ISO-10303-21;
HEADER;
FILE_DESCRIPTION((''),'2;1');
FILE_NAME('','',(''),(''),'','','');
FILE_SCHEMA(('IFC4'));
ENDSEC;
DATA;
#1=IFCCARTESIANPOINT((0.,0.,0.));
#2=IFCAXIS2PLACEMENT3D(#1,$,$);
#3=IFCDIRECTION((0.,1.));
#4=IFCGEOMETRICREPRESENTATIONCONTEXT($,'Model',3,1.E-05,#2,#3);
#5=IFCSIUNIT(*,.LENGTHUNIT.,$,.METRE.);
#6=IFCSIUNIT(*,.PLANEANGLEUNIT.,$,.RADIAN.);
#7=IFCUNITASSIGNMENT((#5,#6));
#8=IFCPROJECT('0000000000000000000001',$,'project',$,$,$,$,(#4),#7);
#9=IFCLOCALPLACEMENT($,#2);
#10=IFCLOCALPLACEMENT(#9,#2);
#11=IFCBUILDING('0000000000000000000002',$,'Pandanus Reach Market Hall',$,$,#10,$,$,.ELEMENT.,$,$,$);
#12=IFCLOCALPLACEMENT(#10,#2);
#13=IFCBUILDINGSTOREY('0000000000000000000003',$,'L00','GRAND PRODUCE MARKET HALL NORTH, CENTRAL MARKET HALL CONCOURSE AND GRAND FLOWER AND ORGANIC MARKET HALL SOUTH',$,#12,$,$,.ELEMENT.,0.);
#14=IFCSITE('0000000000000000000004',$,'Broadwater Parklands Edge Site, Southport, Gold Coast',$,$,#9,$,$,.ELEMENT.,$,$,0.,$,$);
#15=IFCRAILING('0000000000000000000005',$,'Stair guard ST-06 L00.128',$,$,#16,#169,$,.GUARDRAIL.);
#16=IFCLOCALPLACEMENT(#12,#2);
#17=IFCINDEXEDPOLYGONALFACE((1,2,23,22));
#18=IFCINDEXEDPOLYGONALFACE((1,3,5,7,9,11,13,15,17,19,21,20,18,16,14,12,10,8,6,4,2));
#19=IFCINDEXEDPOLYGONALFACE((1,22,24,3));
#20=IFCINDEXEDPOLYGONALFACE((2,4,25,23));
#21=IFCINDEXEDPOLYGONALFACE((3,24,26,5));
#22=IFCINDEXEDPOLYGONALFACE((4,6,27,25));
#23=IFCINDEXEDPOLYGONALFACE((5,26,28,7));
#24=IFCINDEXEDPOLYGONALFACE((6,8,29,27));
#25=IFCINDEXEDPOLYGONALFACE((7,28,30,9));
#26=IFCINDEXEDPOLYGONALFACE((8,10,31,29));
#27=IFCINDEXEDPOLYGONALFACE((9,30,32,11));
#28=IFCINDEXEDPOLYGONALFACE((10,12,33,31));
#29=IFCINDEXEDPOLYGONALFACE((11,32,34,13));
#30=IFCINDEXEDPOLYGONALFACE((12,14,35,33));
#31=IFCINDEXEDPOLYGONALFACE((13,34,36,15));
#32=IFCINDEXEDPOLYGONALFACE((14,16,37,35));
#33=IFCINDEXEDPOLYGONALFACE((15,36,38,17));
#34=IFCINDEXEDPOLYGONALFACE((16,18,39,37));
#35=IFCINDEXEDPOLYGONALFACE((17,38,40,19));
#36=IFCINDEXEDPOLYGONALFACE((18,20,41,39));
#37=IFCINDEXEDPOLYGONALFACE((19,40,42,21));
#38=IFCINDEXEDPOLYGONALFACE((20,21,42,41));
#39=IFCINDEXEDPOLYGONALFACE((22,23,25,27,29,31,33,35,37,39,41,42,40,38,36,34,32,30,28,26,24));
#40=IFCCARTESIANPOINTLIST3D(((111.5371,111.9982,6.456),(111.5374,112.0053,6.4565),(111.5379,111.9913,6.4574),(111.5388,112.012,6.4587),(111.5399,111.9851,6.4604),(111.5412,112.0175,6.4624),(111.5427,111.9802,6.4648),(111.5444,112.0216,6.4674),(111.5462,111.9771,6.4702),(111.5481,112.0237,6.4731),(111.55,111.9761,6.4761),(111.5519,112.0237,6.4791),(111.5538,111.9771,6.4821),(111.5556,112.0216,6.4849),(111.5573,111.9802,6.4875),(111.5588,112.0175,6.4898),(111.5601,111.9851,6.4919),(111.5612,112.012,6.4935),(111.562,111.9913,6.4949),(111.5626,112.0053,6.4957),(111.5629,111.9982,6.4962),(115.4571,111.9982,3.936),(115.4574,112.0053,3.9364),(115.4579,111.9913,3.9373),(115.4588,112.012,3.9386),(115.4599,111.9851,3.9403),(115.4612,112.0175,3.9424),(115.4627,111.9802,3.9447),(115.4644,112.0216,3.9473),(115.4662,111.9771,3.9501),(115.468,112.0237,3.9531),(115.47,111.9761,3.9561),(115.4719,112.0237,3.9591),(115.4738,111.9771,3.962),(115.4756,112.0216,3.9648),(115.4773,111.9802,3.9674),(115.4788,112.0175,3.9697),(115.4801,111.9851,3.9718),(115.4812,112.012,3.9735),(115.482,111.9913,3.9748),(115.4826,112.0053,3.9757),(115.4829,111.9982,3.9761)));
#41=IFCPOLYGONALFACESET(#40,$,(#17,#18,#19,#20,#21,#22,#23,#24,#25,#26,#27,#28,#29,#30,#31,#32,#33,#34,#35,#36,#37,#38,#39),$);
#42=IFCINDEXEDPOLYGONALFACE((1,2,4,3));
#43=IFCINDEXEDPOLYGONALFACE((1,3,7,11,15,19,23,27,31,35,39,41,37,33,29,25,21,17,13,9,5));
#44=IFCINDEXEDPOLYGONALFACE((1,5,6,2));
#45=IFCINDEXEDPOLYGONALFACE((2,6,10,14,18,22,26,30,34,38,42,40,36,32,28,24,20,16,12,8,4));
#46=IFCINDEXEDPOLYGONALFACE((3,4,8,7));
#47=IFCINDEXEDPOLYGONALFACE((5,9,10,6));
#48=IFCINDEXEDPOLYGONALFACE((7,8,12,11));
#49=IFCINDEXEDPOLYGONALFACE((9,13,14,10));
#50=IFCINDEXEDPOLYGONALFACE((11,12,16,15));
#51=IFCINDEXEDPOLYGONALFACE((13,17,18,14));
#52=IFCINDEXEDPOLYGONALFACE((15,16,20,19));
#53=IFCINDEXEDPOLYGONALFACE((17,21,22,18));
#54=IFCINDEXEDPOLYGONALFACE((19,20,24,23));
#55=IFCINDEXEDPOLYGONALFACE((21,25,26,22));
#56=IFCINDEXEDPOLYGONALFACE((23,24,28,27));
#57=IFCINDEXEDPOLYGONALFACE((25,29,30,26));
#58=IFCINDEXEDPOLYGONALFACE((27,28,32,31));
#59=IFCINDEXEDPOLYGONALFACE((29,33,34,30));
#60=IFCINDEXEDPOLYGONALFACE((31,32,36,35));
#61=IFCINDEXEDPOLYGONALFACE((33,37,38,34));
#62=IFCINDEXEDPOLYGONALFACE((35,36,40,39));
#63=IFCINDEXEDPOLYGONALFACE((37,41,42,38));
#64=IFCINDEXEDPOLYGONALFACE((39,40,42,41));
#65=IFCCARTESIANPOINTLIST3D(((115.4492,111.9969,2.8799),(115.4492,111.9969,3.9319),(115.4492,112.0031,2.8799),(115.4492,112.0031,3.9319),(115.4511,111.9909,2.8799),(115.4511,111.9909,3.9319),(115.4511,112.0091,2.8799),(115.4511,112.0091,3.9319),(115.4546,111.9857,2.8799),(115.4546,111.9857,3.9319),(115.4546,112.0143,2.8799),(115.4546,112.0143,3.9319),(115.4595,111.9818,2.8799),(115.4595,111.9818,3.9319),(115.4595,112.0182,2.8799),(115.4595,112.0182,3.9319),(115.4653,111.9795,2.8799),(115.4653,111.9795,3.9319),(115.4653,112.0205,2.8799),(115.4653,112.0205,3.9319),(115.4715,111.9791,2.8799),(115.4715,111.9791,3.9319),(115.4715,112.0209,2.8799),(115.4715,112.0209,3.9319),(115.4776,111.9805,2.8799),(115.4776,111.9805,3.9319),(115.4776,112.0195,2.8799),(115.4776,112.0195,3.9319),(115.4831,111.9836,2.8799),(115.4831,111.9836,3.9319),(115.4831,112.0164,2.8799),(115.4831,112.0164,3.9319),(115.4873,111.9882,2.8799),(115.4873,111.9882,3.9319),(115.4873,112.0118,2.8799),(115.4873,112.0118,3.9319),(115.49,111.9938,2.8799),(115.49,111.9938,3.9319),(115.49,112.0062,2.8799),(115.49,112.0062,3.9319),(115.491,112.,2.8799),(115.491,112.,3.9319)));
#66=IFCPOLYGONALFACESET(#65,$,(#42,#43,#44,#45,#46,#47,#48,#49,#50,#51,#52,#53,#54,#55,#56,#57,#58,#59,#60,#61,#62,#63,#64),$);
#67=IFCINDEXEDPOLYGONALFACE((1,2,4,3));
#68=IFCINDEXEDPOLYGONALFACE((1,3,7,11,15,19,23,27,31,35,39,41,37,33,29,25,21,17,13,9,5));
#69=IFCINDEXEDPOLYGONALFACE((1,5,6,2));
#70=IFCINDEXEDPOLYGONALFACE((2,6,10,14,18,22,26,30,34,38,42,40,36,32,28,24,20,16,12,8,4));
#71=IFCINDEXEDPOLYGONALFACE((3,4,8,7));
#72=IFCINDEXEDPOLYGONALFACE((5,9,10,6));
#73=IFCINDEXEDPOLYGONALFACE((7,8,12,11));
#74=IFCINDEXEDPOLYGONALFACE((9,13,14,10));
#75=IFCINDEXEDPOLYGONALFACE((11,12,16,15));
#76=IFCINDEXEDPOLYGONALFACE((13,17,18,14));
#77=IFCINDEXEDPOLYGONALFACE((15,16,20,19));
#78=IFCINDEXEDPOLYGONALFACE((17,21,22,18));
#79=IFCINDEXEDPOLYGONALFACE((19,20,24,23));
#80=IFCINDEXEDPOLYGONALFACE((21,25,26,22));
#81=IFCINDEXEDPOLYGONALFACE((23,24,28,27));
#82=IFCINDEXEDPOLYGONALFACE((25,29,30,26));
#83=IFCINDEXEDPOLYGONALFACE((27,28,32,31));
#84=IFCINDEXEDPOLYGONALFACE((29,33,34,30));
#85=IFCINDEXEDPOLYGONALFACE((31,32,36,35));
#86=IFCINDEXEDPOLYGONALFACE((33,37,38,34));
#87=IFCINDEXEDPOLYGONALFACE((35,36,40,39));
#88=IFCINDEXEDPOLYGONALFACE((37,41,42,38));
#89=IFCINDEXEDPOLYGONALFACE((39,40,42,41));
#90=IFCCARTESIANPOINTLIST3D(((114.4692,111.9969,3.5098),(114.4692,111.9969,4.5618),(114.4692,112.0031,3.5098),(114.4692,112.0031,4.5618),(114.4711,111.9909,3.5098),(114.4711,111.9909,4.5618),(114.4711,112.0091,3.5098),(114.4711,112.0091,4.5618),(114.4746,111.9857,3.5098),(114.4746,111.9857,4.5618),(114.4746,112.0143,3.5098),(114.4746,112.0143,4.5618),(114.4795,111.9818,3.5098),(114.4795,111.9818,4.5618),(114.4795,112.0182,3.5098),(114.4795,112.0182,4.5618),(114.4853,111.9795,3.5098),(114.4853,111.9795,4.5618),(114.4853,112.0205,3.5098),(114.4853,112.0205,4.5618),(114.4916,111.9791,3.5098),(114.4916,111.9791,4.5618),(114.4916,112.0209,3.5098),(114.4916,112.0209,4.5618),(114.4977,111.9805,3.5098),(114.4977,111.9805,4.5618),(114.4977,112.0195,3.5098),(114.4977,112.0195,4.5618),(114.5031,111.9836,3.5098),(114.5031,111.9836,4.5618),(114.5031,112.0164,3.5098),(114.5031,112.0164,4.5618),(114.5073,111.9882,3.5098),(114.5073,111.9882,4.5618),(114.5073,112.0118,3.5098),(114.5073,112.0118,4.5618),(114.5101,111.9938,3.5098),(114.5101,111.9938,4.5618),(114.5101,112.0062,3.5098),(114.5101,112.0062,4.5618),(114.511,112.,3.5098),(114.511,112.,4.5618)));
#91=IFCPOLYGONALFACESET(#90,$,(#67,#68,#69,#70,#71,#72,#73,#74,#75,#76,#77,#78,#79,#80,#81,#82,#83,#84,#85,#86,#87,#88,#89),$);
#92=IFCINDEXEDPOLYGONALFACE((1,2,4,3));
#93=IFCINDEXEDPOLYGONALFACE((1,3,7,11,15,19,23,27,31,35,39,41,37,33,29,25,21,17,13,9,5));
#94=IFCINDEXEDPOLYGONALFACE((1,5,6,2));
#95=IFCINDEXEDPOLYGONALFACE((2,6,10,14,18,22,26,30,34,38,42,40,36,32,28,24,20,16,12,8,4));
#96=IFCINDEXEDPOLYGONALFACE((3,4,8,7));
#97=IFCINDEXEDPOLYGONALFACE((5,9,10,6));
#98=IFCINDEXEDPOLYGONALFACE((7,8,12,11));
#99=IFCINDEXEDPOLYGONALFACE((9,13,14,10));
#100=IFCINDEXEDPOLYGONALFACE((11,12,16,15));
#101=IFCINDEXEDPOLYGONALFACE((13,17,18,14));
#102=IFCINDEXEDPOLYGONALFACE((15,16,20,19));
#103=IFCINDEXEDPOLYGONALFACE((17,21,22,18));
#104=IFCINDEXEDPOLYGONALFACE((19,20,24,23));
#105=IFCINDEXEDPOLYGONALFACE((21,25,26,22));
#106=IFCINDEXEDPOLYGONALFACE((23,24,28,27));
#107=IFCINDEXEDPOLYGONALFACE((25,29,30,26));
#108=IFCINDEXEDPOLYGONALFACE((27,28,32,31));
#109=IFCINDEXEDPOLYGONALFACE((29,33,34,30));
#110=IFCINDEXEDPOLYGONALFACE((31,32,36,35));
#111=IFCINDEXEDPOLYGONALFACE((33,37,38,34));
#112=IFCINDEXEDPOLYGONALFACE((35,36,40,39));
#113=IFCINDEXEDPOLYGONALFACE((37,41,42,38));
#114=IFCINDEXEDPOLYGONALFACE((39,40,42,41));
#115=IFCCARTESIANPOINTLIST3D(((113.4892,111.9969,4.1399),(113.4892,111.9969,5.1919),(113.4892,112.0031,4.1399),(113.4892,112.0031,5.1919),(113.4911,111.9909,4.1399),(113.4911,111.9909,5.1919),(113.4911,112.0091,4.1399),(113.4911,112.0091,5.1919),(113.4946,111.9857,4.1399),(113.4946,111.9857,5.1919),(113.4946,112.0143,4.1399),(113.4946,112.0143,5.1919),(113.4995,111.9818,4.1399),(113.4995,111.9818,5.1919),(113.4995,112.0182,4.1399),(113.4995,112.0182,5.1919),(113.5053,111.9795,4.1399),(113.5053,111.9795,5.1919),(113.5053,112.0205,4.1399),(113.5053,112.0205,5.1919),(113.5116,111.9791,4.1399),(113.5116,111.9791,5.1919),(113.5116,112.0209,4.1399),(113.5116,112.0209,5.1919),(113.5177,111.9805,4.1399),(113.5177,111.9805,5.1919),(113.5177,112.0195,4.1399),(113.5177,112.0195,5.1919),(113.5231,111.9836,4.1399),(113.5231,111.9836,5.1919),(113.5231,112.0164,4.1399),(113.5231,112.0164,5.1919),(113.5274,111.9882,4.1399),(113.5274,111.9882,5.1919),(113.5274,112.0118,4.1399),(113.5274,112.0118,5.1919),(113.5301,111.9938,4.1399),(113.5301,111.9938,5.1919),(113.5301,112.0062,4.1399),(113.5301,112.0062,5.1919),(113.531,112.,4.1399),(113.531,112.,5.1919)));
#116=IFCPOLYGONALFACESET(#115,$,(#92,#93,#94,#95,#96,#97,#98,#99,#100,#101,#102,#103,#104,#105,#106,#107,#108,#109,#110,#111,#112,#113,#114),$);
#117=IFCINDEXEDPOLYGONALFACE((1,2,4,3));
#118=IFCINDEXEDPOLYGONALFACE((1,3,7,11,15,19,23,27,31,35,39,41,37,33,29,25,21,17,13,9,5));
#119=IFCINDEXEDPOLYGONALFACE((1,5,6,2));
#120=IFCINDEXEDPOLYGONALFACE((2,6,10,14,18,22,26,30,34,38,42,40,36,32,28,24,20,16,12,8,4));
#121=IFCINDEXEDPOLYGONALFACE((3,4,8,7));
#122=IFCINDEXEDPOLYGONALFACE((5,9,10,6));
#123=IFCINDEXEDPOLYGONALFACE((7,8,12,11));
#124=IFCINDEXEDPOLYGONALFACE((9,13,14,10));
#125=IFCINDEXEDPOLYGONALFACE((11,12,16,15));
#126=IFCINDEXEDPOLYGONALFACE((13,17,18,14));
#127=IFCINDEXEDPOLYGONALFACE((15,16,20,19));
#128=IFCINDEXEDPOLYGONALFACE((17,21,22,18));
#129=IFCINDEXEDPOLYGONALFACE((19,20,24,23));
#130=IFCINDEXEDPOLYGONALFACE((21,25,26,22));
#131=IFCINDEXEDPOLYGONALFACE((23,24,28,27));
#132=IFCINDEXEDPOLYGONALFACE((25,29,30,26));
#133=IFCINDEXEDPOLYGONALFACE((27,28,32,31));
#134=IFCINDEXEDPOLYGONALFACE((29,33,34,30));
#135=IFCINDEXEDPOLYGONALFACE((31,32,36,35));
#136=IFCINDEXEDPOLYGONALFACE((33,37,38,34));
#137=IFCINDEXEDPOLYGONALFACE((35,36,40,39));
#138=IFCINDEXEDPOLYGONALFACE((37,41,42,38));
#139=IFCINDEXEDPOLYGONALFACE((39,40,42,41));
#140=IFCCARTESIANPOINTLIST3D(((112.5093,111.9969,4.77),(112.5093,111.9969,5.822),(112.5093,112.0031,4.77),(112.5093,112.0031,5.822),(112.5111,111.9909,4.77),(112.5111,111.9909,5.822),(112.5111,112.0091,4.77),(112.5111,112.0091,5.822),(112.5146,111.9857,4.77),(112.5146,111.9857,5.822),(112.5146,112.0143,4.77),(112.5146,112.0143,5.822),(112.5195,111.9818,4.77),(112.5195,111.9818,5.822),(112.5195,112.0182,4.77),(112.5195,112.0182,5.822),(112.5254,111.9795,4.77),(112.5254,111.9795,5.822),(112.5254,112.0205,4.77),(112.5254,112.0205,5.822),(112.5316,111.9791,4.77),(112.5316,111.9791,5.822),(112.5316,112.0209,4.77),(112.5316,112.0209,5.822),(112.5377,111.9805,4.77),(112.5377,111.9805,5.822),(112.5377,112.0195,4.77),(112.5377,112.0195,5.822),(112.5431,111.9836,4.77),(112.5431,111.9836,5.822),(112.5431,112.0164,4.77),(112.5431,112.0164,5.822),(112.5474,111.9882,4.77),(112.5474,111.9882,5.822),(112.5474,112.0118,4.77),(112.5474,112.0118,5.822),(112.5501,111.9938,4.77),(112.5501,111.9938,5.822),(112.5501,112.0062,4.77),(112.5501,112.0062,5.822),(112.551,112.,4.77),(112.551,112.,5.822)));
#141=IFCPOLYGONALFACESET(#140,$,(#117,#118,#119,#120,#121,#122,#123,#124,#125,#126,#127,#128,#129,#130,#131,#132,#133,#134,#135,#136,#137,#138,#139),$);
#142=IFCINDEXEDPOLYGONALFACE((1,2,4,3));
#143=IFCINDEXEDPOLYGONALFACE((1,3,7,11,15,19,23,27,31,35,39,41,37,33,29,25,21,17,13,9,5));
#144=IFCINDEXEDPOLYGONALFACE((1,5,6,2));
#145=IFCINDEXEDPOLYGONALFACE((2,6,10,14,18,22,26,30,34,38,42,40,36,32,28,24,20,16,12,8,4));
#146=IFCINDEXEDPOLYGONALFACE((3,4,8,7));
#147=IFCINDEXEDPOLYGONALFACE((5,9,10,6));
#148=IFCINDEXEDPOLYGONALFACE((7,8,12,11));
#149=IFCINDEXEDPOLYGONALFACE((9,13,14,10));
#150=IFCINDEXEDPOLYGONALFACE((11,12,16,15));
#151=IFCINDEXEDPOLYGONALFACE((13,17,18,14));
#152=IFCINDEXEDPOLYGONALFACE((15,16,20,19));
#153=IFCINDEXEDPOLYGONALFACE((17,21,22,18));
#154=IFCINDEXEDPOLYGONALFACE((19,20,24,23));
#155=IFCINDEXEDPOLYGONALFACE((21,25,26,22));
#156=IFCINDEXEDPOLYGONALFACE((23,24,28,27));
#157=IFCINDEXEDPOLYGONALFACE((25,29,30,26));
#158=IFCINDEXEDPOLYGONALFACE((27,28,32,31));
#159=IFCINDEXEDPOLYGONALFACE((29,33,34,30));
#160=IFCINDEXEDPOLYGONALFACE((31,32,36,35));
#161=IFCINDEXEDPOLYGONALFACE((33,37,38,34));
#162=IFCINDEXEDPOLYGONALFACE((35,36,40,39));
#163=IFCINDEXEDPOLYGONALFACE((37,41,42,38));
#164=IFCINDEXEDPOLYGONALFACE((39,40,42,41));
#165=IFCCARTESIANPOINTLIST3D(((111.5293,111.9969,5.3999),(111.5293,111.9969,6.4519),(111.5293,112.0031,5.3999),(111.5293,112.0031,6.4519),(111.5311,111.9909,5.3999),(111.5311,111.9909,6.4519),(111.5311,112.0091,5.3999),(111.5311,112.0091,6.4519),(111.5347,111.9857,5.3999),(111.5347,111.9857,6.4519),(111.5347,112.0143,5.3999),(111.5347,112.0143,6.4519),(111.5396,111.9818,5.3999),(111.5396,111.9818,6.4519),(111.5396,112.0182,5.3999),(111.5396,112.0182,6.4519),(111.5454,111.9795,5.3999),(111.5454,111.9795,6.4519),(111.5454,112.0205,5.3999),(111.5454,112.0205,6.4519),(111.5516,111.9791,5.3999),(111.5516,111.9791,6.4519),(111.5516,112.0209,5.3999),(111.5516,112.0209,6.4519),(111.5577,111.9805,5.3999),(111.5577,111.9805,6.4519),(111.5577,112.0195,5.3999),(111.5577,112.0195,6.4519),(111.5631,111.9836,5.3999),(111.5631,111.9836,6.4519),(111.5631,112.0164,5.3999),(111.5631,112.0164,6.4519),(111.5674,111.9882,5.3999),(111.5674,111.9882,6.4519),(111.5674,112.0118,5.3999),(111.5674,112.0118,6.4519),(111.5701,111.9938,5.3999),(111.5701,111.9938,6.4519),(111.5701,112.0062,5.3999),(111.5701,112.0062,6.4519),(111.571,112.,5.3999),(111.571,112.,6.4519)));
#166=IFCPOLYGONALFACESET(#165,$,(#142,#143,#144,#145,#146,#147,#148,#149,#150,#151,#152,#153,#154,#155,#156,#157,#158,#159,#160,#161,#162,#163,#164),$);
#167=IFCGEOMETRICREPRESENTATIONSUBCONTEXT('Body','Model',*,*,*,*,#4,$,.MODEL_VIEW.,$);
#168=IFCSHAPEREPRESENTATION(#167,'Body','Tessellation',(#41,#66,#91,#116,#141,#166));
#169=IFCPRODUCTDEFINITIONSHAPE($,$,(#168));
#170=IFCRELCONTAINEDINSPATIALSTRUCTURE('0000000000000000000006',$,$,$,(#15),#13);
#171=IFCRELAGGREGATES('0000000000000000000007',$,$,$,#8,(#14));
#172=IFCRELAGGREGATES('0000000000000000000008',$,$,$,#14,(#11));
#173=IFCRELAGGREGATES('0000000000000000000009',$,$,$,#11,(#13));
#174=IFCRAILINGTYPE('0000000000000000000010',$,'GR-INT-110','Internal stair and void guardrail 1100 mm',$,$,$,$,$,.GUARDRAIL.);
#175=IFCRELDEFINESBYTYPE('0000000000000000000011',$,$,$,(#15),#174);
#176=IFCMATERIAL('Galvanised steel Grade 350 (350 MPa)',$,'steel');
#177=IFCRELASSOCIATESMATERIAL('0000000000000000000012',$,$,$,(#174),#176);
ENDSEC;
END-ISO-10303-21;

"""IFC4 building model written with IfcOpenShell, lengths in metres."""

from ifc_helpers import new_model, si_unit, direction, frame, origin, origin_2d, place, context, subcontext, project, spatial, circle, extrude, material, type_object, element, save


model = new_model("IFC4")

# Units and contexts
model_context = context("Model", 3, precision=1e-05, world=origin(), true_north=direction((0.0, 1.0)))
body_context = subcontext(model_context, "Body", "Model", "MODEL_VIEW")
ifc_project = project(units=[si_unit("LENGTHUNIT", "METRE"), si_unit("PLANEANGLEUNIT", "RADIAN")], contexts=[model_context])

# Site, building, storey
site_placement = place(None, origin())
site = spatial("IfcSite", under=ifc_project, at=site_placement, Name="Broadwater Parklands Edge Site, Southport, Gold Coast", CompositionType="ELEMENT", RefElevation=0.0)
building_placement = place(site_placement, origin())
building = spatial("IfcBuilding", under=site, at=building_placement, Name="Pandanus Reach Market Hall", CompositionType="ELEMENT")
storey_placement = place(building_placement, origin())
storey = spatial("IfcBuildingStorey", under=building, at=storey_placement, Name="L00", Description="GRAND PRODUCE MARKET HALL NORTH, CENTRAL MARKET HALL CONCOURSE AND GRAND FLOWER AND ORGANIC MARKET HALL SOUTH", CompositionType="ELEMENT", Elevation=0.0)

# Shared definitions
ifc_material_1 = material(Name="Galvanised steel Grade 350 (350 MPa)", Category="steel")

# Railing
railing_type_1 = type_object("IfcRailingType", Name="GR-INT-110", Description="Internal stair and void guardrail 1100 mm", PredefinedType="GUARDRAIL", material=ifc_material_1)
railing_1_placement = place(storey_placement, frame((115.47, 112.0, 2.8799)))
element("IfcRailing", 1, at=railing_1_placement, inside=storey, type_object=railing_type_1, Name="Stair guard ST-06 L00.128", PredefinedType="GUARDRAIL", context=body_context, shape_type="SweptSolid", body=[
    extrude(circle(Radius=0.0239, at=origin_2d()), frame((0.0, 0.0, 1.0762), z_axis=(-0.841172, 0.0, 0.540768), x_axis=(0.0, -1.0, 0.0)), (0.0, 0.0, 1.0), 4.6602),
    extrude(circle(Radius=0.021, at=origin_2d()), origin(), (0.0, 0.0, 1.0), 1.052),
    extrude(circle(Radius=0.021, at=origin_2d()), frame((-0.98, 0.0, 0.6299)), (0.0, 0.0, 1.0), 1.052),
    extrude(circle(Radius=0.021, at=origin_2d()), frame((-1.96, 0.0, 1.26)), (0.0, 0.0, 1.0), 1.052),
    extrude(circle(Radius=0.021, at=origin_2d()), frame((-2.9399, 0.0, 1.8901)), (0.0, 0.0, 1.0), 1.052),
    extrude(circle(Radius=0.021, at=origin_2d()), frame((-3.9199, 0.0, 2.52)), (0.0, 0.0, 1.0), 1.052),
])

save(model, "model.ifc")
